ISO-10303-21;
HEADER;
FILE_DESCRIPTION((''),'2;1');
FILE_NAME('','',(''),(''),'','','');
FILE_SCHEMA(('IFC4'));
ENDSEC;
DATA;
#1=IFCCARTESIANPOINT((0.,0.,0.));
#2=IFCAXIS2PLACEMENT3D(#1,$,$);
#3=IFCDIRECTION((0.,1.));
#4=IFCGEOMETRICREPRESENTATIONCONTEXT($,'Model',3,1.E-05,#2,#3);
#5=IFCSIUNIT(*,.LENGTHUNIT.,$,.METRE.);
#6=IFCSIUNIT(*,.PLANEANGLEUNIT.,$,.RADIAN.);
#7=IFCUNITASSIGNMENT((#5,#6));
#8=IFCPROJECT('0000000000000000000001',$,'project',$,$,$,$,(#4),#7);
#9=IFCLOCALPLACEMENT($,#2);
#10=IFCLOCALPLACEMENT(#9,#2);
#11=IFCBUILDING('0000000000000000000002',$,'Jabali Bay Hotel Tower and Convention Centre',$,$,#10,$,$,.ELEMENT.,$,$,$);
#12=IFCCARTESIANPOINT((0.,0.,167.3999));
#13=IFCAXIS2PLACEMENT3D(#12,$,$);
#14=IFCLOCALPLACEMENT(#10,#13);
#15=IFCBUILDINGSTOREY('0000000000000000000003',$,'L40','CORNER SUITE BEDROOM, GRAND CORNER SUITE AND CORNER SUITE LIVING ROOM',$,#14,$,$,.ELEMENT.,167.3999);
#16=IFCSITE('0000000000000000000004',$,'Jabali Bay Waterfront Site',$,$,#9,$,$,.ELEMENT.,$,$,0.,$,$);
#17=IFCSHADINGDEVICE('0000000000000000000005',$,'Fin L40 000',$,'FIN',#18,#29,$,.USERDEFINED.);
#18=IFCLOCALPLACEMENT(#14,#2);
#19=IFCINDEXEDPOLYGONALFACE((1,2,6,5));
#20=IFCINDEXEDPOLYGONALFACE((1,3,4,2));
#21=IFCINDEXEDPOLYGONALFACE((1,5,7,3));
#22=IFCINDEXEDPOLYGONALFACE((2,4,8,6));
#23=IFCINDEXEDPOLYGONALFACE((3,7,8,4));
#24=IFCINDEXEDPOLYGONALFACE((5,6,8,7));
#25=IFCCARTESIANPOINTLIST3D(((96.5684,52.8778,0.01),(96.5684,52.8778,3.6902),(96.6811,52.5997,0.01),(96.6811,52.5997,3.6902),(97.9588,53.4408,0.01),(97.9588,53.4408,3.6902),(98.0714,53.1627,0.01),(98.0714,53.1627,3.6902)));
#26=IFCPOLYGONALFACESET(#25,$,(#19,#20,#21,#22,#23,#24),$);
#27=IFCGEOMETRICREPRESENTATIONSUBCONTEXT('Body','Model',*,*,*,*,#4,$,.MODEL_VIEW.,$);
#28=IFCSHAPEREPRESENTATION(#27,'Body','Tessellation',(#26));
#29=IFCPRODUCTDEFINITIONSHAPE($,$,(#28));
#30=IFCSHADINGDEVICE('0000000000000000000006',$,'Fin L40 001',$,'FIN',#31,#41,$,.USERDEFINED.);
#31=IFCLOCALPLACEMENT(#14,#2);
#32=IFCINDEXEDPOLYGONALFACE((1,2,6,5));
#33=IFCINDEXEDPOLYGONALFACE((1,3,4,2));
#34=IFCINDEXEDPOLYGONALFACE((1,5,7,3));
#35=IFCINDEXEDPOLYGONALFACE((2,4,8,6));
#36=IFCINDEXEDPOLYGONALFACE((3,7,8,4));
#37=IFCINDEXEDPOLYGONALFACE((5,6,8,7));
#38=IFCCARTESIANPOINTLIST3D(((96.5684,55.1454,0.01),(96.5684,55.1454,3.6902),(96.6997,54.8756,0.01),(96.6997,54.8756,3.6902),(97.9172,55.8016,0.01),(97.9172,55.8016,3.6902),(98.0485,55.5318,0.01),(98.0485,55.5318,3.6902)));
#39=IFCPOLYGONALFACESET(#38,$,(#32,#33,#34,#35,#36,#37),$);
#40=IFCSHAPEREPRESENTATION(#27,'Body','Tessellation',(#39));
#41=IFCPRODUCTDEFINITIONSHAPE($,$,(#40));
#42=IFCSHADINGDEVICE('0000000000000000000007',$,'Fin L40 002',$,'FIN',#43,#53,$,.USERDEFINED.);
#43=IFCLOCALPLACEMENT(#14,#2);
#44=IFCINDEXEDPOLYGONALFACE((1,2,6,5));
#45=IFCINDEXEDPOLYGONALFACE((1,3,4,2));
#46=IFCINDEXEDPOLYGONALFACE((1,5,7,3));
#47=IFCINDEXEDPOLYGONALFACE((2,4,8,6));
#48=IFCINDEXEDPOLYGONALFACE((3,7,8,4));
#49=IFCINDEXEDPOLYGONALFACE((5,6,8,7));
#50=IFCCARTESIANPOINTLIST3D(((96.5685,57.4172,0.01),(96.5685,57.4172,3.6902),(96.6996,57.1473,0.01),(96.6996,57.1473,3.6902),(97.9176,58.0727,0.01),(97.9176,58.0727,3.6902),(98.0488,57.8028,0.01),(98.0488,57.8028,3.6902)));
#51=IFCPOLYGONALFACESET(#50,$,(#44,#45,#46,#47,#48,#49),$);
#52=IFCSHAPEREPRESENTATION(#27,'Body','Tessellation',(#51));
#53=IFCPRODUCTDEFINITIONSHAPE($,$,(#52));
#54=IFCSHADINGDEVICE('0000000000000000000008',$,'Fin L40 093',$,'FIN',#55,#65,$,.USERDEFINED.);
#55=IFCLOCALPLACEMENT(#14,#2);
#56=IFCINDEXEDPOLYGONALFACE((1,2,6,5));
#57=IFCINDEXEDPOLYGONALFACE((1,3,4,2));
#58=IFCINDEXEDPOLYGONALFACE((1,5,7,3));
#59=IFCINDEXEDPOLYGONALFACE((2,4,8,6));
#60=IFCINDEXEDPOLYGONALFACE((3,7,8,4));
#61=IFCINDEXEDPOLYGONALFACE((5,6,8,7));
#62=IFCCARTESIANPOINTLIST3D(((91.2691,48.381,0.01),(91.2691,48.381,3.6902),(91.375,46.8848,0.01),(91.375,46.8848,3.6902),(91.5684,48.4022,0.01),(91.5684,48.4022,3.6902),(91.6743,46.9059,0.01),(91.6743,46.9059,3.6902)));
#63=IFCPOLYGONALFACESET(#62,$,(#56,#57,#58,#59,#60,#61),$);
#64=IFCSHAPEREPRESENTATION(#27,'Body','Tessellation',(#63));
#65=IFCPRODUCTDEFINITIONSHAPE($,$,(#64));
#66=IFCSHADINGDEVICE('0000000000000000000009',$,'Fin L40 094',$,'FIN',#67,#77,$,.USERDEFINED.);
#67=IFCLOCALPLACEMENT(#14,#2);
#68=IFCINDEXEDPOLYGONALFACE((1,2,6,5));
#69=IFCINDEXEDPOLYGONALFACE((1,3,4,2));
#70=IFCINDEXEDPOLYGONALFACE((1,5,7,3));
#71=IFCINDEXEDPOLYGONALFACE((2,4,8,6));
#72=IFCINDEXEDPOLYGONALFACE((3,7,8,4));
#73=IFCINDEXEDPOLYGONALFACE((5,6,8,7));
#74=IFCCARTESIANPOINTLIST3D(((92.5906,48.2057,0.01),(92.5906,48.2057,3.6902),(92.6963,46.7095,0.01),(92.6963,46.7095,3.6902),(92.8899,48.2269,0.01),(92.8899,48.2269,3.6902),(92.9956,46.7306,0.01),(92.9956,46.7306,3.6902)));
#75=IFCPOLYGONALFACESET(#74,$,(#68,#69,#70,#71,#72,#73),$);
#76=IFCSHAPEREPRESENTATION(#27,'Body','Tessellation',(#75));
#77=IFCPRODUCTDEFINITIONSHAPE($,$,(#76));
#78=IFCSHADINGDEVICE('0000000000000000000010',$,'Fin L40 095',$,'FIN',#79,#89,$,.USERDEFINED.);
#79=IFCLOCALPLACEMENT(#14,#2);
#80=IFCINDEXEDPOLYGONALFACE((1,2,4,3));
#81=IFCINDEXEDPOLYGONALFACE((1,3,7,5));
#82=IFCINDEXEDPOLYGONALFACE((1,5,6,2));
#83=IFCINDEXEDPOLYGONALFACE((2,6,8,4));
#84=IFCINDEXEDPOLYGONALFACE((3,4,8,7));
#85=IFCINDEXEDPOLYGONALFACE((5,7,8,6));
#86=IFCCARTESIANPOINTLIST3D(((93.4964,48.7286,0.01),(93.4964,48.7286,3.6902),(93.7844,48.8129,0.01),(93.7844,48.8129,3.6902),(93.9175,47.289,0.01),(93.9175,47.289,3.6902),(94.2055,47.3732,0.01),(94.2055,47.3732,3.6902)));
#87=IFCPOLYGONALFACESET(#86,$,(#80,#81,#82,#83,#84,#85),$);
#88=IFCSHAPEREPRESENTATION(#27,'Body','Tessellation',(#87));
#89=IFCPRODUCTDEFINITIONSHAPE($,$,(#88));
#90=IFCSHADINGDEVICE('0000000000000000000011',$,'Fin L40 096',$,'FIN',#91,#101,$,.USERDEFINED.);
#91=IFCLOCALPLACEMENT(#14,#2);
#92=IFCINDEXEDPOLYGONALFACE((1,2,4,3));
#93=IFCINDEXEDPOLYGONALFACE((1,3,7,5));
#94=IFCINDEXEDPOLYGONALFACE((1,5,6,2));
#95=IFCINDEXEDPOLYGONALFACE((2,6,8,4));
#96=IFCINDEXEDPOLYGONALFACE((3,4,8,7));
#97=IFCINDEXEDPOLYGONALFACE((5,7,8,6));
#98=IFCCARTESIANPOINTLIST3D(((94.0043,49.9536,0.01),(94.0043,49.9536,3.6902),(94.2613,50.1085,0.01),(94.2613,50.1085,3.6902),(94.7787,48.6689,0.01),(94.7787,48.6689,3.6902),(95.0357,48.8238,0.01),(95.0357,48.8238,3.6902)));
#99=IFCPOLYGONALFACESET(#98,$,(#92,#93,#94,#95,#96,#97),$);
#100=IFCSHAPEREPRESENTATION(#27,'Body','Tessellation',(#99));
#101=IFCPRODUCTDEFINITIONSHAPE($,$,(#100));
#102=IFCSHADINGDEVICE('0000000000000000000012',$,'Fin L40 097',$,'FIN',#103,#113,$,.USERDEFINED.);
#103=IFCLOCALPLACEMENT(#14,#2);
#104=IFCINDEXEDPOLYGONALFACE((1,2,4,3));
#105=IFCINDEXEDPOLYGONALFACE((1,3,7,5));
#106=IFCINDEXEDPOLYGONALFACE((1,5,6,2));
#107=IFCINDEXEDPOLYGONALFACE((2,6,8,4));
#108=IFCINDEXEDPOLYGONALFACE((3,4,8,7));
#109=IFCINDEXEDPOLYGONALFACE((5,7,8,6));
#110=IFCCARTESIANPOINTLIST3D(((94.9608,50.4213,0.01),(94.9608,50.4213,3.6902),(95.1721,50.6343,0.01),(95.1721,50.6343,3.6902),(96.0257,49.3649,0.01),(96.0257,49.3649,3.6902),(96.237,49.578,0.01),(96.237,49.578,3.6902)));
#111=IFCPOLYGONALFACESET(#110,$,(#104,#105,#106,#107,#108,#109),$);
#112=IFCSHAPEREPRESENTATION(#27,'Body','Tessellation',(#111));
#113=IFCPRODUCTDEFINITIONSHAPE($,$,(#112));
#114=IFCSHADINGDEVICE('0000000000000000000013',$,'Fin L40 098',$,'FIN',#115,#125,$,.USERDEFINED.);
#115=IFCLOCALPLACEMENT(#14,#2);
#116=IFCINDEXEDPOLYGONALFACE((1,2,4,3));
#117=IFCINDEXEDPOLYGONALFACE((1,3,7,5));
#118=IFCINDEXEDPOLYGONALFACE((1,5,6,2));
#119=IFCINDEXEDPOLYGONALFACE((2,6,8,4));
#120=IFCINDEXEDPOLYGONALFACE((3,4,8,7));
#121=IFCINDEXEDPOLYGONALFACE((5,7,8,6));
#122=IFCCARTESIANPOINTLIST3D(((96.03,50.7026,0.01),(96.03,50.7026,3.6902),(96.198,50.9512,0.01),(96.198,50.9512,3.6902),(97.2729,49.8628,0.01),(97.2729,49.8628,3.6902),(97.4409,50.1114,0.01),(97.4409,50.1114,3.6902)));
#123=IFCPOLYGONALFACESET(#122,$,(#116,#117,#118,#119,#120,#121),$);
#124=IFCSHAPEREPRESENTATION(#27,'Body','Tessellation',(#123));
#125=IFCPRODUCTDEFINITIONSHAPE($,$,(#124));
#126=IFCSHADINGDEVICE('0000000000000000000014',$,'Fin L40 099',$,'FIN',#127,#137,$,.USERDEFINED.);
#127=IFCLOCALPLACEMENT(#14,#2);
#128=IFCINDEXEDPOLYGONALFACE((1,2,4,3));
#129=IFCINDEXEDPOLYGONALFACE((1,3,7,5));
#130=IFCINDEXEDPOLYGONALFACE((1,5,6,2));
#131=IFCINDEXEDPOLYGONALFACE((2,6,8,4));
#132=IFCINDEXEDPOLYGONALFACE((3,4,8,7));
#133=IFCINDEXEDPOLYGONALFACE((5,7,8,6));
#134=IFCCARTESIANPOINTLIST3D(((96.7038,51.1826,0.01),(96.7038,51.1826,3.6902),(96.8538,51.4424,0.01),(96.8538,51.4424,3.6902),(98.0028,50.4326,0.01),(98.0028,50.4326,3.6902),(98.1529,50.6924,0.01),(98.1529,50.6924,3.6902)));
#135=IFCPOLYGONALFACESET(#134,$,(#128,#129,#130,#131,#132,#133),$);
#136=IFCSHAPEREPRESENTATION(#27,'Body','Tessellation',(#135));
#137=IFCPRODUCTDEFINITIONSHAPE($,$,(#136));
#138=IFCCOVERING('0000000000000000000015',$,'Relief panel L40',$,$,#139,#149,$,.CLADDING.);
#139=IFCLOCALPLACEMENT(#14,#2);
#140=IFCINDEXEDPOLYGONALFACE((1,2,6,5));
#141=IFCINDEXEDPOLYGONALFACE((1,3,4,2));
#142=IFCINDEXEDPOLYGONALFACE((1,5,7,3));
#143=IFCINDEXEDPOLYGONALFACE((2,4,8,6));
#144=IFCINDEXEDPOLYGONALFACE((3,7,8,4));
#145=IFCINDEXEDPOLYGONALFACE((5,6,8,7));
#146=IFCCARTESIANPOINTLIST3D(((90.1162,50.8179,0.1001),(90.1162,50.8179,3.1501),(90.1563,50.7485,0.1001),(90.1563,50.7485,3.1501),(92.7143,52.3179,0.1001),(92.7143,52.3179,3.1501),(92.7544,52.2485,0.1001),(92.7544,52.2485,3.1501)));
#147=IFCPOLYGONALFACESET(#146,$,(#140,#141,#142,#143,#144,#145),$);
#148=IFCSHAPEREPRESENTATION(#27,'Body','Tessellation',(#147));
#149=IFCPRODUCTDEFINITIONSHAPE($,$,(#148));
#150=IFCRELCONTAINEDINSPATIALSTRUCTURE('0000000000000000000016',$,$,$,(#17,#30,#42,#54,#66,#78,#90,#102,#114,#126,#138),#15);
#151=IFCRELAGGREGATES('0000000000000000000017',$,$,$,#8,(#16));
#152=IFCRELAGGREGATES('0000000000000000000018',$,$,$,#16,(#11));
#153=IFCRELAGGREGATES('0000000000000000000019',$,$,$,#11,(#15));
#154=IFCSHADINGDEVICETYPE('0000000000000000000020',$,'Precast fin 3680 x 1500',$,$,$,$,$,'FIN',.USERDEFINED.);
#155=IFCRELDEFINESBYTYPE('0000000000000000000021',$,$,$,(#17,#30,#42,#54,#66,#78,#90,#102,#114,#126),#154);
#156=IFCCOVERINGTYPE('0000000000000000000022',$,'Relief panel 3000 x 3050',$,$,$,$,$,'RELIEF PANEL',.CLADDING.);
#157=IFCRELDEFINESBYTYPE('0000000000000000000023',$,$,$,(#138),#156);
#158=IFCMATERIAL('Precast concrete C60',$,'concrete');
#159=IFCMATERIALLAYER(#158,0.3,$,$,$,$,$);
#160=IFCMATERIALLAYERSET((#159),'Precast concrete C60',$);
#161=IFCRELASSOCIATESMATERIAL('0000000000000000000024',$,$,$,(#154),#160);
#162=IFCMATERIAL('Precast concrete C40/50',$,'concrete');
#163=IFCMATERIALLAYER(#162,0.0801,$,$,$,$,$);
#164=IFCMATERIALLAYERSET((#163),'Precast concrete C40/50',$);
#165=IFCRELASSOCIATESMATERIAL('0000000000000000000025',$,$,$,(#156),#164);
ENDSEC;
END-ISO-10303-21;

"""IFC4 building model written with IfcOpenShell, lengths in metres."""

from ifc_helpers import new_model, si_unit, direction, frame, frame_2d, origin, origin_2d, place, context, subcontext, project, spatial, rectangle, extrude, material, layer, layer_set, type_object, element, save


model = new_model("IFC4")

# Units and contexts
model_context = context("Model", 3, precision=1e-05, world=origin(), true_north=direction((0.0, 1.0)))
body_context = subcontext(model_context, "Body", "Model", "MODEL_VIEW")
ifc_project = project(units=[si_unit("LENGTHUNIT", "METRE"), si_unit("PLANEANGLEUNIT", "RADIAN")], contexts=[model_context])

# Site, building, storey
site_placement = place(None, origin())
site = spatial("IfcSite", under=ifc_project, at=site_placement, Name="Jabali Bay Waterfront Site", CompositionType="ELEMENT", RefElevation=0.0)
building_placement = place(site_placement, origin())
building = spatial("IfcBuilding", under=site, at=building_placement, Name="Jabali Bay Hotel Tower and Convention Centre", CompositionType="ELEMENT")
storey_placement = place(building_placement, frame((0.0, 0.0, 167.3999)))
storey = spatial("IfcBuildingStorey", under=building, at=storey_placement, Name="L40", Description="CORNER SUITE BEDROOM, GRAND CORNER SUITE AND CORNER SUITE LIVING ROOM", CompositionType="ELEMENT", Elevation=167.3999)

# Shading devices
ifc_material_1 = material(Name="Precast concrete C60", Category="concrete")
ifc_layer_1 = layer(ifc_material_1, 0.3)
ifc_layer_set_1 = layer_set([ifc_layer_1], Name="Precast concrete C60")
shading_device_type = type_object("IfcShadingDeviceType", Name="Precast fin 3680 x 1500", ElementType="FIN", PredefinedType="USERDEFINED", material=ifc_layer_set_1)
for number, where, z_axis, x_axis, name in (
    (1, (96.6248, 52.7388, 0.01), (0.0, 0.0, 1.0), (0.926897, 0.375316, 0.0), "Fin L40 000"),
    (2, (96.634, 55.0105, 0.01), (0.0, 0.0, 1.0), (0.899225, 0.437487, 0.0), "Fin L40 001"),
    (3, (96.634, 57.2822, 0.01), (0.0, 0.0, 1.0), (0.899448, 0.437028, 0.0), "Fin L40 002"),
    (4, (91.4187, 48.3916, 0.01), (0.0, 0.0, 1.0), (0.070634, -0.997502, 0.0), "Fin L40 093"),
    (5, (92.7402, 48.2163, 0.01), (0.0, 0.0, 1.0), (0.070472, -0.997514, 0.0), "Fin L40 094"),
    (6, (93.6404, 48.7708, 0.01), (0.0, 0.0, 1.0), (0.280756, -0.959779, 0.0), "Fin L40 095"),
    (7, (94.1328, 50.031, 0.01), (0.0, 0.0, 1.0), (0.516266, -0.856428, 0.0), "Fin L40 096"),
    (8, (95.0664, 50.5278, 0.01), (0.0, 0.0, 1.0), (0.709949, -0.704253, 0.0), "Fin L40 097"),
    (9, (96.114, 50.8269, 0.01), (0.0, 0.0, 1.0), (0.828579, -0.559873, 0.0), "Fin L40 098"),
    (10, (96.7788, 51.3125, 0.01), (0.0, 0.0, 1.0), (0.866031, -0.49999, 0.0), "Fin L40 099"),
):
    element("IfcShadingDevice", number, at=place(storey_placement, frame(where, z_axis=z_axis, x_axis=x_axis)), inside=storey, type_object=shading_device_type, Name=name, ObjectType="FIN", PredefinedType="USERDEFINED", context=body_context, shape_type="SweptSolid", body=[
        extrude(rectangle(XDim=1.5, YDim=0.3, at=frame_2d((0.75, 0.0))), origin(), (0.0, 0.0, 1.0), 3.6802),
    ])

# Covering
ifc_material_2 = material(Name="Precast concrete C40/50", Category="concrete")
ifc_layer_2 = layer(ifc_material_2, 0.0801)
ifc_layer_set_2 = layer_set([ifc_layer_2], Name="Precast concrete C40/50")
covering_type = type_object("IfcCoveringType", Name="Relief panel 3000 x 3050", ElementType="RELIEF PANEL", PredefinedType="CLADDING", material=ifc_layer_set_2)
covering_placement = place(storey_placement, frame((91.4353, 51.5332, 0.1001), z_axis=(0.0, 0.0, 1.0), x_axis=(-0.866025, -0.5, 0.0)))
element("IfcCovering", 11, at=covering_placement, inside=storey, type_object=covering_type, Name="Relief panel L40", PredefinedType="CLADDING", context=body_context, shape_type="SweptSolid", body=[
    extrude(rectangle(XDim=3.0, YDim=0.0801, at=origin_2d()), origin(), (0.0, 0.0, 1.0), 3.05),
])

save(model, "model.ifc")
